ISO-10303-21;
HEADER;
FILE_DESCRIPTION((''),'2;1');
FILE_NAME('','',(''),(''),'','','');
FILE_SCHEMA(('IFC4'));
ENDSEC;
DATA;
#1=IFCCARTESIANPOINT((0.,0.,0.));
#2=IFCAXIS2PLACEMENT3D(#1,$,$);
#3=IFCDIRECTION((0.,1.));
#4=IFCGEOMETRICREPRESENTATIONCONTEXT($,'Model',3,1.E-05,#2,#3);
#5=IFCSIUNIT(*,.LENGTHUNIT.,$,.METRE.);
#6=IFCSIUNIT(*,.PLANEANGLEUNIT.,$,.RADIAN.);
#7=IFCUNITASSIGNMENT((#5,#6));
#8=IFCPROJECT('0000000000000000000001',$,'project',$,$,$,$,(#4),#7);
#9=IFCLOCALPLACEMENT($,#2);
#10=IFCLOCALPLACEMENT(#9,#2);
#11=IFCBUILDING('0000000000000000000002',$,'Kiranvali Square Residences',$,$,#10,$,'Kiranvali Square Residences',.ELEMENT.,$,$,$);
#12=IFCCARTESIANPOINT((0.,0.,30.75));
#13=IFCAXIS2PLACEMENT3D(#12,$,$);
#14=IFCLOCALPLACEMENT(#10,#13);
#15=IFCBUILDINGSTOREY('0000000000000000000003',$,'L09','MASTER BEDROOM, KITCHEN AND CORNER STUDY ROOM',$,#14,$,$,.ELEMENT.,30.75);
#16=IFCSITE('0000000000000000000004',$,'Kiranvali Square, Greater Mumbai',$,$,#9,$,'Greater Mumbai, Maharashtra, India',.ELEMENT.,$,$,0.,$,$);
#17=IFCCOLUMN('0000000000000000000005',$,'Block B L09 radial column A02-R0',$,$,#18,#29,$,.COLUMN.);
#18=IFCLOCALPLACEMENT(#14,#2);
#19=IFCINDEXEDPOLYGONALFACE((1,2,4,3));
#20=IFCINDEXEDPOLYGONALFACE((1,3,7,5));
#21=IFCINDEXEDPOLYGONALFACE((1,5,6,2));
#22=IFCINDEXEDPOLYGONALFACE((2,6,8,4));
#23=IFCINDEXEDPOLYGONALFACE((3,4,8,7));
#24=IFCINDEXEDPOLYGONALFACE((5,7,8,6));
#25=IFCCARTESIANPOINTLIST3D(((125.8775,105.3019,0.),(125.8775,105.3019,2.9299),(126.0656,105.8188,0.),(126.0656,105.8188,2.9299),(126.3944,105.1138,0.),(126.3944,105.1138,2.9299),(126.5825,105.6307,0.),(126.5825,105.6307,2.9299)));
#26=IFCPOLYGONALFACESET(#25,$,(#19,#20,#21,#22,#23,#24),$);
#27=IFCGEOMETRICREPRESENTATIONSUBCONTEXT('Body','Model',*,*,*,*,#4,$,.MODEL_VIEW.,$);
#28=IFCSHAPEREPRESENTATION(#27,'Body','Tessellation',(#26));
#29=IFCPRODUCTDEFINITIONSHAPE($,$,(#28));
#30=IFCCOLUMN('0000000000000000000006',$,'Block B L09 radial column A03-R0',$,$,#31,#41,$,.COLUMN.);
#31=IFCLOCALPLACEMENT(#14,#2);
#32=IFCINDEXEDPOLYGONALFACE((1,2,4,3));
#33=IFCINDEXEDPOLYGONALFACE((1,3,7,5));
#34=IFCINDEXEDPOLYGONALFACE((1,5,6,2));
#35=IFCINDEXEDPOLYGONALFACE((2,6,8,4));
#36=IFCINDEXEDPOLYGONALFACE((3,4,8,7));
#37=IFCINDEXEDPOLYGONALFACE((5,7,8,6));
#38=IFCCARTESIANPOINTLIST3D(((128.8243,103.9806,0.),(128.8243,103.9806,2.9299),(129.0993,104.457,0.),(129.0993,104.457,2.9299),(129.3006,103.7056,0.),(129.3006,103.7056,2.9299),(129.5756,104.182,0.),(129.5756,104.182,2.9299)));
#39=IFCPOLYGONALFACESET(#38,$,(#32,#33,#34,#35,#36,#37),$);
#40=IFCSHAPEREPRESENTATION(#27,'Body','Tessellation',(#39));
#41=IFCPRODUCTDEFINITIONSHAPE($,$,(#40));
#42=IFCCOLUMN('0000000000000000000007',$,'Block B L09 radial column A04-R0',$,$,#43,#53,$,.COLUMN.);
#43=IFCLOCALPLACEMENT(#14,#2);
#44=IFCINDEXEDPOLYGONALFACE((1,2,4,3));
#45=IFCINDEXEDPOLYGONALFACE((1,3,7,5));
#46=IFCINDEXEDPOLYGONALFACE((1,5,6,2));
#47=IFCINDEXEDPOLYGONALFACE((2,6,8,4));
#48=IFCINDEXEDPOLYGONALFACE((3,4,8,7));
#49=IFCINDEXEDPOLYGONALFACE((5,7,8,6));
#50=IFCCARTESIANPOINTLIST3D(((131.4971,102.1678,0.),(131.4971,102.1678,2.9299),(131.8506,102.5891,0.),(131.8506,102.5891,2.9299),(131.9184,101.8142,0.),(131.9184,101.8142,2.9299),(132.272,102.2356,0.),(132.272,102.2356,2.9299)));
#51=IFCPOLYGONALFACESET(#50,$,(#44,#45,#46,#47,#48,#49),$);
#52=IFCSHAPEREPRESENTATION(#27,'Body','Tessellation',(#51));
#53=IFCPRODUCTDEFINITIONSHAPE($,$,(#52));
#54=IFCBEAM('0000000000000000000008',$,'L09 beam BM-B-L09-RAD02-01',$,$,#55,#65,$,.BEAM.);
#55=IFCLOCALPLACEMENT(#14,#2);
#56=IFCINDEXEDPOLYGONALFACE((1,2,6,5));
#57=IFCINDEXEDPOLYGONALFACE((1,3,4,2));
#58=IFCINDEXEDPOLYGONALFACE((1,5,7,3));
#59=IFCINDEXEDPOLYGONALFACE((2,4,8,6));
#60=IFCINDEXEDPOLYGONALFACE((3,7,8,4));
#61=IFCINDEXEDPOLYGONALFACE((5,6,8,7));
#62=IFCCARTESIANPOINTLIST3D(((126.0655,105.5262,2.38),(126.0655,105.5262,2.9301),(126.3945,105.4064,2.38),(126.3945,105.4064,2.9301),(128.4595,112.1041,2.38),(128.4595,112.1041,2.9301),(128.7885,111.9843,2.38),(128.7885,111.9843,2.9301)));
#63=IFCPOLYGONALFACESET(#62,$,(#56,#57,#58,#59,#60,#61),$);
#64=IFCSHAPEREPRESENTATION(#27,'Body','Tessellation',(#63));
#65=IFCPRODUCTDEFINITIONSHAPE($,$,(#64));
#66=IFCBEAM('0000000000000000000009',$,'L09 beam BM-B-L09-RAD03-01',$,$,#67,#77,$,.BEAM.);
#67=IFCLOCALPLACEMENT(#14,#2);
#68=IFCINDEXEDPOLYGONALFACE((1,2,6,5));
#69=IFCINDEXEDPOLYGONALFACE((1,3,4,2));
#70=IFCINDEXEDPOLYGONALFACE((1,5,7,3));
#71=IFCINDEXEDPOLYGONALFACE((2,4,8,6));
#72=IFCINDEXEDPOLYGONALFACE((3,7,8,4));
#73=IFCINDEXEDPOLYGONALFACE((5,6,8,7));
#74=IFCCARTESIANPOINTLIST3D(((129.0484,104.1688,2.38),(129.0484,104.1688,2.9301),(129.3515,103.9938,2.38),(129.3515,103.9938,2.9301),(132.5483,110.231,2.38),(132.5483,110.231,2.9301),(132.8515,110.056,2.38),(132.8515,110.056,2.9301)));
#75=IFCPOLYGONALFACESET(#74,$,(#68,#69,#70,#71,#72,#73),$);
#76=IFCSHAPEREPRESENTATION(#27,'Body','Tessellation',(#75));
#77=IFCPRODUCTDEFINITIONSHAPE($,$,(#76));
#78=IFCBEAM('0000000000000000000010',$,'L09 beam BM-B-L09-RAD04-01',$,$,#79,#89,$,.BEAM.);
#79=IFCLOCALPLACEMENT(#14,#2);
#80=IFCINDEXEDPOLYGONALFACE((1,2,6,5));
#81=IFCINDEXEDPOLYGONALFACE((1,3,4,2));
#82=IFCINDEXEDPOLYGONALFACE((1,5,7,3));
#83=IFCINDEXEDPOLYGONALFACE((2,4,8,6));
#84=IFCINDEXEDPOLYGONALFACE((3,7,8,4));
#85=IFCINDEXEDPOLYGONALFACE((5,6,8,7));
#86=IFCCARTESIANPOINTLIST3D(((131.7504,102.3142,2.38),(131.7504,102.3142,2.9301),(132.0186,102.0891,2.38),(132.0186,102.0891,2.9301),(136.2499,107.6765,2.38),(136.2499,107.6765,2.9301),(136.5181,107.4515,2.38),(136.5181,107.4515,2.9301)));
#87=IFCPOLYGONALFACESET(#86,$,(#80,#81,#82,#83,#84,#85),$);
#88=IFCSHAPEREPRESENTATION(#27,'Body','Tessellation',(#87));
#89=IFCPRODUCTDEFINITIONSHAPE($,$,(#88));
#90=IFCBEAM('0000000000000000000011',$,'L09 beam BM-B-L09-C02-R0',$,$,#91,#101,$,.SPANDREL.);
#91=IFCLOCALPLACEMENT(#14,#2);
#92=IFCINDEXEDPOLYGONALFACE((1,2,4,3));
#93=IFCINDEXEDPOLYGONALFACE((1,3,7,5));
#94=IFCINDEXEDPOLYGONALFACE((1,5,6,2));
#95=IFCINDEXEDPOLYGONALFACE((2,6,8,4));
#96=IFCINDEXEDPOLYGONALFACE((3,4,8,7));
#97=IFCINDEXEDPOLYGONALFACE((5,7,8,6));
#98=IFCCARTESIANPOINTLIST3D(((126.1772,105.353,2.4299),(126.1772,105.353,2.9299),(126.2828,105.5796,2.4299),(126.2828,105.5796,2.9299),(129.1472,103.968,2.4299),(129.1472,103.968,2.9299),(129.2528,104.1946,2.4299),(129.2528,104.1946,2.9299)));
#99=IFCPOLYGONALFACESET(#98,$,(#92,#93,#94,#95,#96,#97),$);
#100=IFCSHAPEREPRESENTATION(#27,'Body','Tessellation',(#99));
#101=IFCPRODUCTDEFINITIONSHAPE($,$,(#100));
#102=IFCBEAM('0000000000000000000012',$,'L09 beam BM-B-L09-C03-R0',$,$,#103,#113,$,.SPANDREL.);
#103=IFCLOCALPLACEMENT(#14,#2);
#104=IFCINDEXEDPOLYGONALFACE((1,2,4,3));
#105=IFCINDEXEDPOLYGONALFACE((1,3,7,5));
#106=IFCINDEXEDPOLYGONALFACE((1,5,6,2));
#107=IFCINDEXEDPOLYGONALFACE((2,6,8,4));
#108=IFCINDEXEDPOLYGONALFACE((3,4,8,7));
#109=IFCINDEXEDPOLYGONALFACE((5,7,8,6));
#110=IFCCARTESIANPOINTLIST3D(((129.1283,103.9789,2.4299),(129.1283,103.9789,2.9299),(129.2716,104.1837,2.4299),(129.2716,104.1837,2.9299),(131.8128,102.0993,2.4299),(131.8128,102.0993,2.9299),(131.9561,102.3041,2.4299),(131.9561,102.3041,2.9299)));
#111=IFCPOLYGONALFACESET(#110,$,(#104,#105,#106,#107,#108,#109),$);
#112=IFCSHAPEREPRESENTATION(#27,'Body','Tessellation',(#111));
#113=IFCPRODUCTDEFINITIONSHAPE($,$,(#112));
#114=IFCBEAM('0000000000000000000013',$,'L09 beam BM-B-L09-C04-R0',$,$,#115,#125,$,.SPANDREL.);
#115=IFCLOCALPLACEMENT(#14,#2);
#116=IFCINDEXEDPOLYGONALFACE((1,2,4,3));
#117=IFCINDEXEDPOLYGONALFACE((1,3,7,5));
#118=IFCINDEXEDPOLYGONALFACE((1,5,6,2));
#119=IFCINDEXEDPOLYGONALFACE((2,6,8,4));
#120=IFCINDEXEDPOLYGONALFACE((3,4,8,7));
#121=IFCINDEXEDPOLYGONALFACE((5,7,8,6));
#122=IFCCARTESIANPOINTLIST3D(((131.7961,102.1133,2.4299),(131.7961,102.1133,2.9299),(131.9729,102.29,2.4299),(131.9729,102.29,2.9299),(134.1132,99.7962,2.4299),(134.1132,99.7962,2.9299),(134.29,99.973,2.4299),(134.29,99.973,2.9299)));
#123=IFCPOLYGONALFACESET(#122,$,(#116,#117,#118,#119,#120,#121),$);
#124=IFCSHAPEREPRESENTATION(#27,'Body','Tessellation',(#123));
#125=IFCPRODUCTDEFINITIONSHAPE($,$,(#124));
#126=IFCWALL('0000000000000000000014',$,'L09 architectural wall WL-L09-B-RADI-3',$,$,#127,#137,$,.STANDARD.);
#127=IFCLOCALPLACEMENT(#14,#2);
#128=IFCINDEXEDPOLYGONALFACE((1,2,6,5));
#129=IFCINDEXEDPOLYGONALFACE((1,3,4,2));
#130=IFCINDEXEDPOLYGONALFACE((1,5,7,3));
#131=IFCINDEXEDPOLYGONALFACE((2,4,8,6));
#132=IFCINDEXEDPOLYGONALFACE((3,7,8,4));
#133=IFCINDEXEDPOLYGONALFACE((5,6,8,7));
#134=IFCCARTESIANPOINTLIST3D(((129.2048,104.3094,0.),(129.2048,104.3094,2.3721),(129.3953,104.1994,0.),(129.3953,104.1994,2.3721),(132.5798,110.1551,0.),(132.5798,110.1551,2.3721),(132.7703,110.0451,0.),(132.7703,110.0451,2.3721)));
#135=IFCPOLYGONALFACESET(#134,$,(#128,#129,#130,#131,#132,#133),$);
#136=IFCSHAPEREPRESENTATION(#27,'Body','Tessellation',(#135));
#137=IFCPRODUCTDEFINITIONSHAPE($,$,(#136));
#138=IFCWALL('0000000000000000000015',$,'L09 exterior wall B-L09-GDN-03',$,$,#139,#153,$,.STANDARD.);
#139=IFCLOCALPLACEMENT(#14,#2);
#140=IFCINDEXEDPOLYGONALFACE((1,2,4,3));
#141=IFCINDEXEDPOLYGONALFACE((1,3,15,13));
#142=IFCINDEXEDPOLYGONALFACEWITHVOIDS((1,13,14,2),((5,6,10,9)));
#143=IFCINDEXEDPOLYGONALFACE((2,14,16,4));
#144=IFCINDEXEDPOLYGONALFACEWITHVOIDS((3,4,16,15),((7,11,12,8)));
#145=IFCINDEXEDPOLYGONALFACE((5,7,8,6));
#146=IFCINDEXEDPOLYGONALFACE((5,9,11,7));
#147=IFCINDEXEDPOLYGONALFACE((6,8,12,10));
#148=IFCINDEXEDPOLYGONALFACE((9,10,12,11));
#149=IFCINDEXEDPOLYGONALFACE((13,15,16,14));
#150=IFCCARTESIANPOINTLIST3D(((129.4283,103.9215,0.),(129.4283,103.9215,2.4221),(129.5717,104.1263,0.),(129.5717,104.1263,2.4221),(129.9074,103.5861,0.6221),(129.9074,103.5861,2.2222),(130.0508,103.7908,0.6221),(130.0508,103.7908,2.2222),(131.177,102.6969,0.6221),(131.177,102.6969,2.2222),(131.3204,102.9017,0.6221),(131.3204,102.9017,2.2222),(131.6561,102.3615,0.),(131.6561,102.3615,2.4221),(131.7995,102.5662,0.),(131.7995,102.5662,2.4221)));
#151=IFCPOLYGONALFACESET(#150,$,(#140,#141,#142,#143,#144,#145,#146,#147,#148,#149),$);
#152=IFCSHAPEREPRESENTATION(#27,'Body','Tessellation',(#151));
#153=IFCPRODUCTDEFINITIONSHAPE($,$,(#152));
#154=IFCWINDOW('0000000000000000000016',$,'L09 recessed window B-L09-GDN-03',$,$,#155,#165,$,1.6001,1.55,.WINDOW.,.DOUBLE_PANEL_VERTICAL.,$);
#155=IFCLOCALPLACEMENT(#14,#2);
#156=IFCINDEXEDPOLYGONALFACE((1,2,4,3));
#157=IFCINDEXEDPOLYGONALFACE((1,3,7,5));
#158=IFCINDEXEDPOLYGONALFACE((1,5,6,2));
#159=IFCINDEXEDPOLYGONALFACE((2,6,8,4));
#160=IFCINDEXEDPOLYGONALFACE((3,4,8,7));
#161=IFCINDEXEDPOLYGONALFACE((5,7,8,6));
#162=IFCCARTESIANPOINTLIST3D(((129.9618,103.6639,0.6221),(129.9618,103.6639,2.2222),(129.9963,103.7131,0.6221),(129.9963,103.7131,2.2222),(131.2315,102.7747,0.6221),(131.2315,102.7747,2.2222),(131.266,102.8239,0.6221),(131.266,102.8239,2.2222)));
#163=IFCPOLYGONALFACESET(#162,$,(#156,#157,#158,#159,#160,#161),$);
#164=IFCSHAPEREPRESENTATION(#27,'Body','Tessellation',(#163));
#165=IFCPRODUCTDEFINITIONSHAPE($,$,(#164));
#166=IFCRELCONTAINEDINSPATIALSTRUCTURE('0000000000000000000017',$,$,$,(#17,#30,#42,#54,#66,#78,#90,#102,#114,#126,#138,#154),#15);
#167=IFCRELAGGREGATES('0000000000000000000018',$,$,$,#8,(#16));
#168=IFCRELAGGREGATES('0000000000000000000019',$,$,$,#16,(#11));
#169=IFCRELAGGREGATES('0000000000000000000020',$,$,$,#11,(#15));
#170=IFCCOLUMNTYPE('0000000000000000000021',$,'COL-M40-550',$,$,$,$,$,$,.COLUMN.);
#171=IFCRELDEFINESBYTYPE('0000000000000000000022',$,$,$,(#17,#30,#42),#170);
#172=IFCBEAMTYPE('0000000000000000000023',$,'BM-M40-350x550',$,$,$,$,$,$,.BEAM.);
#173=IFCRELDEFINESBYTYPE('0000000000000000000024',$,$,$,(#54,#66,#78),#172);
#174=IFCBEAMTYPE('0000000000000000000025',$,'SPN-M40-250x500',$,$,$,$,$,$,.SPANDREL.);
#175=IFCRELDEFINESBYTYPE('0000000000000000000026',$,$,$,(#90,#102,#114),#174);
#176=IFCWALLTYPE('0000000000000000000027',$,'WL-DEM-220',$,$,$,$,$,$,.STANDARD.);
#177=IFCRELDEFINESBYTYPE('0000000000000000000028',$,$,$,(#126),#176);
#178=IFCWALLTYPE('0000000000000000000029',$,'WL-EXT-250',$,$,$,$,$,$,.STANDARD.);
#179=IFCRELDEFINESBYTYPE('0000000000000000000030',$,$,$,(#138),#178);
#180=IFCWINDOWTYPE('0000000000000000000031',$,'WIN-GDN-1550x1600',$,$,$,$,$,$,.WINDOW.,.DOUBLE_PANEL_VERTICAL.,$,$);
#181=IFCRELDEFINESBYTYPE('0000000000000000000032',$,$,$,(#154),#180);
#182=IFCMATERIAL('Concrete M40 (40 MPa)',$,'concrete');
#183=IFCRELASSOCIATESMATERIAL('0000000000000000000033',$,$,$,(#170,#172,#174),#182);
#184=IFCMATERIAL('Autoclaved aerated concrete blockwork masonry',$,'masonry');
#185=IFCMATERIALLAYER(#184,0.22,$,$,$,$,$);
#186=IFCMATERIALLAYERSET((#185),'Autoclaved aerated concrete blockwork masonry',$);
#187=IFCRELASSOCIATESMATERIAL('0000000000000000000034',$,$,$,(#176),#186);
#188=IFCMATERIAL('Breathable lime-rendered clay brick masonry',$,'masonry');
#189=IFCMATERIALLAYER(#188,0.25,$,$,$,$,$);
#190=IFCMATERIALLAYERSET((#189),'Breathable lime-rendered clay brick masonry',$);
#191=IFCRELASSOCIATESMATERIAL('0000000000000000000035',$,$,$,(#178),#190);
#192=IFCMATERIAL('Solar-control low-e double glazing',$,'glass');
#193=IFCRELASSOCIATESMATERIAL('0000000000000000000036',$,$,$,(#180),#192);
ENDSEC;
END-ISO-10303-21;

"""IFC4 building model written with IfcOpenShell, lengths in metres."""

from ifc_helpers import new_model, si_unit, direction, frame, frame_2d, origin, origin_2d, place, context, subcontext, project, spatial, rectangle, extrude, material, layer, layer_set, material_profile, profile_set, type_object, element, fill, save


model = new_model("IFC4")

# Units and contexts
model_context = context("Model", 3, precision=1e-05, world=origin(), true_north=direction((0.0, 1.0)))
body_context = subcontext(model_context, "Body", "Model", "MODEL_VIEW")
ifc_project = project(units=[si_unit("LENGTHUNIT", "METRE"), si_unit("PLANEANGLEUNIT", "RADIAN")], contexts=[model_context])

# Site, building, storey
site_placement = place(None, origin())
site = spatial("IfcSite", under=ifc_project, at=site_placement, Name="Kiranvali Square, Greater Mumbai", LongName="Greater Mumbai, Maharashtra, India", CompositionType="ELEMENT", RefElevation=0.0)
building_placement = place(site_placement, origin())
building = spatial("IfcBuilding", under=site, at=building_placement, Name="Kiranvali Square Residences", LongName="Kiranvali Square Residences", CompositionType="ELEMENT")
storey_placement = place(building_placement, frame((0.0, 0.0, 30.75)))
storey = spatial("IfcBuildingStorey", under=building, at=storey_placement, Name="L09", Description="MASTER BEDROOM, KITCHEN AND CORNER STUDY ROOM", CompositionType="ELEMENT", Elevation=30.75)

# Columns
ifc_material_1 = material(Name="Concrete M40 (40 MPa)", Category="concrete")
ifc_material_profile_1 = material_profile(ifc_material_1, rectangle(XDim=0.55, YDim=0.55, at=origin_2d()), Name="RC 550x550")
ifc_profile_set_1 = profile_set([ifc_material_profile_1], Name="Concrete M40 (40 MPa)")
column_type = type_object("IfcColumnType", Name="COL-M40-550", PredefinedType="COLUMN", material=ifc_profile_set_1)
for number, where, z_axis, x_axis, name in (
    (1, (126.23, 105.4663, 0.0), (0.0, 0.0, 1.0), (-0.939693, 0.34202, 0.0), "Block B L09 radial column A02-R0"),
    (2, (129.2, 104.0813, 0.0), (0.0, 0.0, 1.0), (-0.866025, 0.5, 0.0), "Block B L09 radial column A03-R0"),
    (3, (131.8845, 102.2017, 0.0), (0.0, 0.0, 1.0), (-0.766044, 0.642788, 0.0), "Block B L09 radial column A04-R0"),
):
    element("IfcColumn", number, at=place(storey_placement, frame(where, z_axis=z_axis, x_axis=x_axis)), inside=storey, type_object=column_type, Name=name, PredefinedType="COLUMN", context=body_context, shape_type="SweptSolid", body=[
        extrude(rectangle(XDim=0.55, YDim=0.55, at=origin_2d()), origin(), (0.0, 0.0, 1.0), 2.9299),
    ])

# Beams
ifc_material_profile_2 = material_profile(ifc_material_1, rectangle(XDim=0.3501, YDim=0.55, at=origin_2d()), Name="RC 350x550")
ifc_profile_set_2 = profile_set([ifc_material_profile_2], Name="Concrete M40 (40 MPa)")
beam_type_1 = type_object("IfcBeamType", Name="BM-M40-350x550", PredefinedType="BEAM", material=ifc_profile_set_2)
for number, where, z_axis, x_axis, name in (
    (4, (126.23, 105.4663, 2.655), (0.342006, 0.939698, 0.0), (-0.939698, 0.342006, 0.0), "L09 beam BM-B-L09-RAD02-01"),
    (5, (129.2, 104.0813, 2.655), (0.499995, 0.866028, 0.0), (-0.866028, 0.499995, 0.0), "L09 beam BM-B-L09-RAD03-01"),
    (6, (131.8845, 102.2017, 2.655), (0.642788, 0.766044, 0.0), (-0.766044, 0.642788, 0.0), "L09 beam BM-B-L09-RAD04-01"),
):
    element("IfcBeam", number, at=place(storey_placement, frame(where, z_axis=z_axis, x_axis=x_axis)), inside=storey, type_object=beam_type_1, Name=name, PredefinedType="BEAM", context=body_context, shape_type="SweptSolid", body=[
        extrude(rectangle(XDim=0.3501, YDim=0.55, at=origin_2d()), origin(), (0.0, 0.0, 1.0), 7.0),
    ])
ifc_material_profile_3 = material_profile(ifc_material_1, rectangle(XDim=0.25, YDim=0.5, at=origin_2d()), Name="RC 250x500")
ifc_profile_set_3 = profile_set([ifc_material_profile_3], Name="Concrete M40 (40 MPa)")
beam_type_2 = type_object("IfcBeamType", Name="SPN-M40-250x500", PredefinedType="SPANDREL", material=ifc_profile_set_3)
for number, where, z_axis, x_axis, name in (
    (7, (126.23, 105.4663, 2.6799), (0.906297, -0.422641, 0.0), (0.422641, 0.906297, 0.0), "L09 beam BM-B-L09-C02-R0"),
    (8, (129.2, 104.0813, 2.6799), (0.819169, -0.573552, 0.0), (0.573552, 0.819169, 0.0), "L09 beam BM-B-L09-C03-R0"),
):
    element("IfcBeam", number, at=place(storey_placement, frame(where, z_axis=z_axis, x_axis=x_axis)), inside=storey, type_object=beam_type_2, Name=name, PredefinedType="SPANDREL", context=body_context, shape_type="SweptSolid", body=[
        extrude(rectangle(XDim=0.25, YDim=0.5, at=origin_2d()), origin(), (0.0, 0.0, 1.0), 3.2771),
    ])
beam_placement = place(storey_placement, frame((131.8845, 102.2017, 2.6799), z_axis=(0.707107, -0.707107, 0.0), x_axis=(0.707107, 0.707107, 0.0)))
element("IfcBeam", 9, at=beam_placement, inside=storey, type_object=beam_type_2, Name="L09 beam BM-B-L09-C04-R0", PredefinedType="SPANDREL", context=body_context, shape_type="SweptSolid", body=[
    extrude(rectangle(XDim=0.25, YDim=0.5, at=origin_2d()), origin(), (0.0, 0.0, 1.0), 3.2769),
])

# Wall
ifc_material_2 = material(Name="Autoclaved aerated concrete blockwork masonry", Category="masonry")
ifc_layer_1 = layer(ifc_material_2, 0.22)
ifc_layer_set_1 = layer_set([ifc_layer_1], Name="Autoclaved aerated concrete blockwork masonry")
wall_type_1 = type_object("IfcWallType", Name="WL-DEM-220", PredefinedType="STANDARD", material=ifc_layer_set_1)
wall_1_placement = place(storey_placement, frame((129.3, 104.2544, 0.0), z_axis=(0.0, 0.0, 1.0), x_axis=(0.499998, 0.866027, 0.0)))
element("IfcWall", 10, at=wall_1_placement, inside=storey, type_object=wall_type_1, Name="L09 architectural wall WL-L09-B-RADI-3", PredefinedType="STANDARD", context=body_context, shape_type="SweptSolid", body=[
    extrude(rectangle(XDim=6.75, YDim=0.22, at=frame_2d((3.375, 0.0))), origin(), (0.0, 0.0, 1.0), 2.3721),
])

# Shared definitions
ifc_material_3 = material(Name="Breathable lime-rendered clay brick masonry", Category="masonry")
ifc_layer_2 = layer(ifc_material_3, 0.25)
ifc_layer_set_2 = layer_set([ifc_layer_2], Name="Breathable lime-rendered clay brick masonry")
wall_type_2 = type_object("IfcWallType", Name="WL-EXT-250", PredefinedType="STANDARD", material=ifc_layer_set_2)

# Wall, opening, window
wall_2_placement = place(storey_placement, frame((129.5, 104.0239, 0.0), z_axis=(0.0, 0.0, 1.0), x_axis=(0.819126, -0.573613, 0.0)))
wall_2 = element("IfcWall", 11, at=wall_2_placement, inside=storey, type_object=wall_type_2, Name="L09 exterior wall B-L09-GDN-03", PredefinedType="STANDARD", context=body_context, shape_type="SweptSolid", body=[
    extrude(rectangle(XDim=2.7197, YDim=0.25, at=frame_2d((1.3599, 0.0))), origin(), (0.0, 0.0, 1.0), 2.4221),
])
opening_1_placement = place(wall_2_placement, frame((0.585, 0.0, 0.6221)))
opening_1 = element("IfcOpeningElement", 12, at=opening_1_placement, cuts=wall_2, PredefinedType="OPENING", context=body_context, shape_type="SweptSolid", body=[
    extrude(rectangle(XDim=1.55, YDim=1.6001, at=frame_2d((0.7749, 0.8))), frame((0.0, 0.135, 0.0), z_axis=(0.0, -1.0, 0.0), x_axis=(1.0, 0.0, 0.0)), (0.0, 0.0, 1.0), 0.27),
])
ifc_material_4 = material(Name="Solar-control low-e double glazing", Category="glass")
window_type_1 = type_object("IfcWindowType", Name="WIN-GDN-1550x1600", PartitioningType="DOUBLE_PANEL_VERTICAL", PredefinedType="WINDOW", material=ifc_material_4)
window_1_placement = place(opening_1_placement, origin())
window_1 = element("IfcWindow", 13, at=window_1_placement, inside=storey, type_object=window_type_1, Name="L09 recessed window B-L09-GDN-03", OverallHeight=1.6001, OverallWidth=1.55, PartitioningType="DOUBLE_PANEL_VERTICAL", PredefinedType="WINDOW", context=body_context, shape_type="SweptSolid", body=[
    extrude(rectangle(XDim=1.55, YDim=1.6001, at=frame_2d((0.7749, 0.8))), frame((0.0, 0.03, 0.0), z_axis=(0.0, -1.0, 0.0), x_axis=(1.0, 0.0, 0.0)), (0.0, 0.0, 1.0), 0.0601),
])
fill(opening_1, window_1)

save(model, "model.ifc")
